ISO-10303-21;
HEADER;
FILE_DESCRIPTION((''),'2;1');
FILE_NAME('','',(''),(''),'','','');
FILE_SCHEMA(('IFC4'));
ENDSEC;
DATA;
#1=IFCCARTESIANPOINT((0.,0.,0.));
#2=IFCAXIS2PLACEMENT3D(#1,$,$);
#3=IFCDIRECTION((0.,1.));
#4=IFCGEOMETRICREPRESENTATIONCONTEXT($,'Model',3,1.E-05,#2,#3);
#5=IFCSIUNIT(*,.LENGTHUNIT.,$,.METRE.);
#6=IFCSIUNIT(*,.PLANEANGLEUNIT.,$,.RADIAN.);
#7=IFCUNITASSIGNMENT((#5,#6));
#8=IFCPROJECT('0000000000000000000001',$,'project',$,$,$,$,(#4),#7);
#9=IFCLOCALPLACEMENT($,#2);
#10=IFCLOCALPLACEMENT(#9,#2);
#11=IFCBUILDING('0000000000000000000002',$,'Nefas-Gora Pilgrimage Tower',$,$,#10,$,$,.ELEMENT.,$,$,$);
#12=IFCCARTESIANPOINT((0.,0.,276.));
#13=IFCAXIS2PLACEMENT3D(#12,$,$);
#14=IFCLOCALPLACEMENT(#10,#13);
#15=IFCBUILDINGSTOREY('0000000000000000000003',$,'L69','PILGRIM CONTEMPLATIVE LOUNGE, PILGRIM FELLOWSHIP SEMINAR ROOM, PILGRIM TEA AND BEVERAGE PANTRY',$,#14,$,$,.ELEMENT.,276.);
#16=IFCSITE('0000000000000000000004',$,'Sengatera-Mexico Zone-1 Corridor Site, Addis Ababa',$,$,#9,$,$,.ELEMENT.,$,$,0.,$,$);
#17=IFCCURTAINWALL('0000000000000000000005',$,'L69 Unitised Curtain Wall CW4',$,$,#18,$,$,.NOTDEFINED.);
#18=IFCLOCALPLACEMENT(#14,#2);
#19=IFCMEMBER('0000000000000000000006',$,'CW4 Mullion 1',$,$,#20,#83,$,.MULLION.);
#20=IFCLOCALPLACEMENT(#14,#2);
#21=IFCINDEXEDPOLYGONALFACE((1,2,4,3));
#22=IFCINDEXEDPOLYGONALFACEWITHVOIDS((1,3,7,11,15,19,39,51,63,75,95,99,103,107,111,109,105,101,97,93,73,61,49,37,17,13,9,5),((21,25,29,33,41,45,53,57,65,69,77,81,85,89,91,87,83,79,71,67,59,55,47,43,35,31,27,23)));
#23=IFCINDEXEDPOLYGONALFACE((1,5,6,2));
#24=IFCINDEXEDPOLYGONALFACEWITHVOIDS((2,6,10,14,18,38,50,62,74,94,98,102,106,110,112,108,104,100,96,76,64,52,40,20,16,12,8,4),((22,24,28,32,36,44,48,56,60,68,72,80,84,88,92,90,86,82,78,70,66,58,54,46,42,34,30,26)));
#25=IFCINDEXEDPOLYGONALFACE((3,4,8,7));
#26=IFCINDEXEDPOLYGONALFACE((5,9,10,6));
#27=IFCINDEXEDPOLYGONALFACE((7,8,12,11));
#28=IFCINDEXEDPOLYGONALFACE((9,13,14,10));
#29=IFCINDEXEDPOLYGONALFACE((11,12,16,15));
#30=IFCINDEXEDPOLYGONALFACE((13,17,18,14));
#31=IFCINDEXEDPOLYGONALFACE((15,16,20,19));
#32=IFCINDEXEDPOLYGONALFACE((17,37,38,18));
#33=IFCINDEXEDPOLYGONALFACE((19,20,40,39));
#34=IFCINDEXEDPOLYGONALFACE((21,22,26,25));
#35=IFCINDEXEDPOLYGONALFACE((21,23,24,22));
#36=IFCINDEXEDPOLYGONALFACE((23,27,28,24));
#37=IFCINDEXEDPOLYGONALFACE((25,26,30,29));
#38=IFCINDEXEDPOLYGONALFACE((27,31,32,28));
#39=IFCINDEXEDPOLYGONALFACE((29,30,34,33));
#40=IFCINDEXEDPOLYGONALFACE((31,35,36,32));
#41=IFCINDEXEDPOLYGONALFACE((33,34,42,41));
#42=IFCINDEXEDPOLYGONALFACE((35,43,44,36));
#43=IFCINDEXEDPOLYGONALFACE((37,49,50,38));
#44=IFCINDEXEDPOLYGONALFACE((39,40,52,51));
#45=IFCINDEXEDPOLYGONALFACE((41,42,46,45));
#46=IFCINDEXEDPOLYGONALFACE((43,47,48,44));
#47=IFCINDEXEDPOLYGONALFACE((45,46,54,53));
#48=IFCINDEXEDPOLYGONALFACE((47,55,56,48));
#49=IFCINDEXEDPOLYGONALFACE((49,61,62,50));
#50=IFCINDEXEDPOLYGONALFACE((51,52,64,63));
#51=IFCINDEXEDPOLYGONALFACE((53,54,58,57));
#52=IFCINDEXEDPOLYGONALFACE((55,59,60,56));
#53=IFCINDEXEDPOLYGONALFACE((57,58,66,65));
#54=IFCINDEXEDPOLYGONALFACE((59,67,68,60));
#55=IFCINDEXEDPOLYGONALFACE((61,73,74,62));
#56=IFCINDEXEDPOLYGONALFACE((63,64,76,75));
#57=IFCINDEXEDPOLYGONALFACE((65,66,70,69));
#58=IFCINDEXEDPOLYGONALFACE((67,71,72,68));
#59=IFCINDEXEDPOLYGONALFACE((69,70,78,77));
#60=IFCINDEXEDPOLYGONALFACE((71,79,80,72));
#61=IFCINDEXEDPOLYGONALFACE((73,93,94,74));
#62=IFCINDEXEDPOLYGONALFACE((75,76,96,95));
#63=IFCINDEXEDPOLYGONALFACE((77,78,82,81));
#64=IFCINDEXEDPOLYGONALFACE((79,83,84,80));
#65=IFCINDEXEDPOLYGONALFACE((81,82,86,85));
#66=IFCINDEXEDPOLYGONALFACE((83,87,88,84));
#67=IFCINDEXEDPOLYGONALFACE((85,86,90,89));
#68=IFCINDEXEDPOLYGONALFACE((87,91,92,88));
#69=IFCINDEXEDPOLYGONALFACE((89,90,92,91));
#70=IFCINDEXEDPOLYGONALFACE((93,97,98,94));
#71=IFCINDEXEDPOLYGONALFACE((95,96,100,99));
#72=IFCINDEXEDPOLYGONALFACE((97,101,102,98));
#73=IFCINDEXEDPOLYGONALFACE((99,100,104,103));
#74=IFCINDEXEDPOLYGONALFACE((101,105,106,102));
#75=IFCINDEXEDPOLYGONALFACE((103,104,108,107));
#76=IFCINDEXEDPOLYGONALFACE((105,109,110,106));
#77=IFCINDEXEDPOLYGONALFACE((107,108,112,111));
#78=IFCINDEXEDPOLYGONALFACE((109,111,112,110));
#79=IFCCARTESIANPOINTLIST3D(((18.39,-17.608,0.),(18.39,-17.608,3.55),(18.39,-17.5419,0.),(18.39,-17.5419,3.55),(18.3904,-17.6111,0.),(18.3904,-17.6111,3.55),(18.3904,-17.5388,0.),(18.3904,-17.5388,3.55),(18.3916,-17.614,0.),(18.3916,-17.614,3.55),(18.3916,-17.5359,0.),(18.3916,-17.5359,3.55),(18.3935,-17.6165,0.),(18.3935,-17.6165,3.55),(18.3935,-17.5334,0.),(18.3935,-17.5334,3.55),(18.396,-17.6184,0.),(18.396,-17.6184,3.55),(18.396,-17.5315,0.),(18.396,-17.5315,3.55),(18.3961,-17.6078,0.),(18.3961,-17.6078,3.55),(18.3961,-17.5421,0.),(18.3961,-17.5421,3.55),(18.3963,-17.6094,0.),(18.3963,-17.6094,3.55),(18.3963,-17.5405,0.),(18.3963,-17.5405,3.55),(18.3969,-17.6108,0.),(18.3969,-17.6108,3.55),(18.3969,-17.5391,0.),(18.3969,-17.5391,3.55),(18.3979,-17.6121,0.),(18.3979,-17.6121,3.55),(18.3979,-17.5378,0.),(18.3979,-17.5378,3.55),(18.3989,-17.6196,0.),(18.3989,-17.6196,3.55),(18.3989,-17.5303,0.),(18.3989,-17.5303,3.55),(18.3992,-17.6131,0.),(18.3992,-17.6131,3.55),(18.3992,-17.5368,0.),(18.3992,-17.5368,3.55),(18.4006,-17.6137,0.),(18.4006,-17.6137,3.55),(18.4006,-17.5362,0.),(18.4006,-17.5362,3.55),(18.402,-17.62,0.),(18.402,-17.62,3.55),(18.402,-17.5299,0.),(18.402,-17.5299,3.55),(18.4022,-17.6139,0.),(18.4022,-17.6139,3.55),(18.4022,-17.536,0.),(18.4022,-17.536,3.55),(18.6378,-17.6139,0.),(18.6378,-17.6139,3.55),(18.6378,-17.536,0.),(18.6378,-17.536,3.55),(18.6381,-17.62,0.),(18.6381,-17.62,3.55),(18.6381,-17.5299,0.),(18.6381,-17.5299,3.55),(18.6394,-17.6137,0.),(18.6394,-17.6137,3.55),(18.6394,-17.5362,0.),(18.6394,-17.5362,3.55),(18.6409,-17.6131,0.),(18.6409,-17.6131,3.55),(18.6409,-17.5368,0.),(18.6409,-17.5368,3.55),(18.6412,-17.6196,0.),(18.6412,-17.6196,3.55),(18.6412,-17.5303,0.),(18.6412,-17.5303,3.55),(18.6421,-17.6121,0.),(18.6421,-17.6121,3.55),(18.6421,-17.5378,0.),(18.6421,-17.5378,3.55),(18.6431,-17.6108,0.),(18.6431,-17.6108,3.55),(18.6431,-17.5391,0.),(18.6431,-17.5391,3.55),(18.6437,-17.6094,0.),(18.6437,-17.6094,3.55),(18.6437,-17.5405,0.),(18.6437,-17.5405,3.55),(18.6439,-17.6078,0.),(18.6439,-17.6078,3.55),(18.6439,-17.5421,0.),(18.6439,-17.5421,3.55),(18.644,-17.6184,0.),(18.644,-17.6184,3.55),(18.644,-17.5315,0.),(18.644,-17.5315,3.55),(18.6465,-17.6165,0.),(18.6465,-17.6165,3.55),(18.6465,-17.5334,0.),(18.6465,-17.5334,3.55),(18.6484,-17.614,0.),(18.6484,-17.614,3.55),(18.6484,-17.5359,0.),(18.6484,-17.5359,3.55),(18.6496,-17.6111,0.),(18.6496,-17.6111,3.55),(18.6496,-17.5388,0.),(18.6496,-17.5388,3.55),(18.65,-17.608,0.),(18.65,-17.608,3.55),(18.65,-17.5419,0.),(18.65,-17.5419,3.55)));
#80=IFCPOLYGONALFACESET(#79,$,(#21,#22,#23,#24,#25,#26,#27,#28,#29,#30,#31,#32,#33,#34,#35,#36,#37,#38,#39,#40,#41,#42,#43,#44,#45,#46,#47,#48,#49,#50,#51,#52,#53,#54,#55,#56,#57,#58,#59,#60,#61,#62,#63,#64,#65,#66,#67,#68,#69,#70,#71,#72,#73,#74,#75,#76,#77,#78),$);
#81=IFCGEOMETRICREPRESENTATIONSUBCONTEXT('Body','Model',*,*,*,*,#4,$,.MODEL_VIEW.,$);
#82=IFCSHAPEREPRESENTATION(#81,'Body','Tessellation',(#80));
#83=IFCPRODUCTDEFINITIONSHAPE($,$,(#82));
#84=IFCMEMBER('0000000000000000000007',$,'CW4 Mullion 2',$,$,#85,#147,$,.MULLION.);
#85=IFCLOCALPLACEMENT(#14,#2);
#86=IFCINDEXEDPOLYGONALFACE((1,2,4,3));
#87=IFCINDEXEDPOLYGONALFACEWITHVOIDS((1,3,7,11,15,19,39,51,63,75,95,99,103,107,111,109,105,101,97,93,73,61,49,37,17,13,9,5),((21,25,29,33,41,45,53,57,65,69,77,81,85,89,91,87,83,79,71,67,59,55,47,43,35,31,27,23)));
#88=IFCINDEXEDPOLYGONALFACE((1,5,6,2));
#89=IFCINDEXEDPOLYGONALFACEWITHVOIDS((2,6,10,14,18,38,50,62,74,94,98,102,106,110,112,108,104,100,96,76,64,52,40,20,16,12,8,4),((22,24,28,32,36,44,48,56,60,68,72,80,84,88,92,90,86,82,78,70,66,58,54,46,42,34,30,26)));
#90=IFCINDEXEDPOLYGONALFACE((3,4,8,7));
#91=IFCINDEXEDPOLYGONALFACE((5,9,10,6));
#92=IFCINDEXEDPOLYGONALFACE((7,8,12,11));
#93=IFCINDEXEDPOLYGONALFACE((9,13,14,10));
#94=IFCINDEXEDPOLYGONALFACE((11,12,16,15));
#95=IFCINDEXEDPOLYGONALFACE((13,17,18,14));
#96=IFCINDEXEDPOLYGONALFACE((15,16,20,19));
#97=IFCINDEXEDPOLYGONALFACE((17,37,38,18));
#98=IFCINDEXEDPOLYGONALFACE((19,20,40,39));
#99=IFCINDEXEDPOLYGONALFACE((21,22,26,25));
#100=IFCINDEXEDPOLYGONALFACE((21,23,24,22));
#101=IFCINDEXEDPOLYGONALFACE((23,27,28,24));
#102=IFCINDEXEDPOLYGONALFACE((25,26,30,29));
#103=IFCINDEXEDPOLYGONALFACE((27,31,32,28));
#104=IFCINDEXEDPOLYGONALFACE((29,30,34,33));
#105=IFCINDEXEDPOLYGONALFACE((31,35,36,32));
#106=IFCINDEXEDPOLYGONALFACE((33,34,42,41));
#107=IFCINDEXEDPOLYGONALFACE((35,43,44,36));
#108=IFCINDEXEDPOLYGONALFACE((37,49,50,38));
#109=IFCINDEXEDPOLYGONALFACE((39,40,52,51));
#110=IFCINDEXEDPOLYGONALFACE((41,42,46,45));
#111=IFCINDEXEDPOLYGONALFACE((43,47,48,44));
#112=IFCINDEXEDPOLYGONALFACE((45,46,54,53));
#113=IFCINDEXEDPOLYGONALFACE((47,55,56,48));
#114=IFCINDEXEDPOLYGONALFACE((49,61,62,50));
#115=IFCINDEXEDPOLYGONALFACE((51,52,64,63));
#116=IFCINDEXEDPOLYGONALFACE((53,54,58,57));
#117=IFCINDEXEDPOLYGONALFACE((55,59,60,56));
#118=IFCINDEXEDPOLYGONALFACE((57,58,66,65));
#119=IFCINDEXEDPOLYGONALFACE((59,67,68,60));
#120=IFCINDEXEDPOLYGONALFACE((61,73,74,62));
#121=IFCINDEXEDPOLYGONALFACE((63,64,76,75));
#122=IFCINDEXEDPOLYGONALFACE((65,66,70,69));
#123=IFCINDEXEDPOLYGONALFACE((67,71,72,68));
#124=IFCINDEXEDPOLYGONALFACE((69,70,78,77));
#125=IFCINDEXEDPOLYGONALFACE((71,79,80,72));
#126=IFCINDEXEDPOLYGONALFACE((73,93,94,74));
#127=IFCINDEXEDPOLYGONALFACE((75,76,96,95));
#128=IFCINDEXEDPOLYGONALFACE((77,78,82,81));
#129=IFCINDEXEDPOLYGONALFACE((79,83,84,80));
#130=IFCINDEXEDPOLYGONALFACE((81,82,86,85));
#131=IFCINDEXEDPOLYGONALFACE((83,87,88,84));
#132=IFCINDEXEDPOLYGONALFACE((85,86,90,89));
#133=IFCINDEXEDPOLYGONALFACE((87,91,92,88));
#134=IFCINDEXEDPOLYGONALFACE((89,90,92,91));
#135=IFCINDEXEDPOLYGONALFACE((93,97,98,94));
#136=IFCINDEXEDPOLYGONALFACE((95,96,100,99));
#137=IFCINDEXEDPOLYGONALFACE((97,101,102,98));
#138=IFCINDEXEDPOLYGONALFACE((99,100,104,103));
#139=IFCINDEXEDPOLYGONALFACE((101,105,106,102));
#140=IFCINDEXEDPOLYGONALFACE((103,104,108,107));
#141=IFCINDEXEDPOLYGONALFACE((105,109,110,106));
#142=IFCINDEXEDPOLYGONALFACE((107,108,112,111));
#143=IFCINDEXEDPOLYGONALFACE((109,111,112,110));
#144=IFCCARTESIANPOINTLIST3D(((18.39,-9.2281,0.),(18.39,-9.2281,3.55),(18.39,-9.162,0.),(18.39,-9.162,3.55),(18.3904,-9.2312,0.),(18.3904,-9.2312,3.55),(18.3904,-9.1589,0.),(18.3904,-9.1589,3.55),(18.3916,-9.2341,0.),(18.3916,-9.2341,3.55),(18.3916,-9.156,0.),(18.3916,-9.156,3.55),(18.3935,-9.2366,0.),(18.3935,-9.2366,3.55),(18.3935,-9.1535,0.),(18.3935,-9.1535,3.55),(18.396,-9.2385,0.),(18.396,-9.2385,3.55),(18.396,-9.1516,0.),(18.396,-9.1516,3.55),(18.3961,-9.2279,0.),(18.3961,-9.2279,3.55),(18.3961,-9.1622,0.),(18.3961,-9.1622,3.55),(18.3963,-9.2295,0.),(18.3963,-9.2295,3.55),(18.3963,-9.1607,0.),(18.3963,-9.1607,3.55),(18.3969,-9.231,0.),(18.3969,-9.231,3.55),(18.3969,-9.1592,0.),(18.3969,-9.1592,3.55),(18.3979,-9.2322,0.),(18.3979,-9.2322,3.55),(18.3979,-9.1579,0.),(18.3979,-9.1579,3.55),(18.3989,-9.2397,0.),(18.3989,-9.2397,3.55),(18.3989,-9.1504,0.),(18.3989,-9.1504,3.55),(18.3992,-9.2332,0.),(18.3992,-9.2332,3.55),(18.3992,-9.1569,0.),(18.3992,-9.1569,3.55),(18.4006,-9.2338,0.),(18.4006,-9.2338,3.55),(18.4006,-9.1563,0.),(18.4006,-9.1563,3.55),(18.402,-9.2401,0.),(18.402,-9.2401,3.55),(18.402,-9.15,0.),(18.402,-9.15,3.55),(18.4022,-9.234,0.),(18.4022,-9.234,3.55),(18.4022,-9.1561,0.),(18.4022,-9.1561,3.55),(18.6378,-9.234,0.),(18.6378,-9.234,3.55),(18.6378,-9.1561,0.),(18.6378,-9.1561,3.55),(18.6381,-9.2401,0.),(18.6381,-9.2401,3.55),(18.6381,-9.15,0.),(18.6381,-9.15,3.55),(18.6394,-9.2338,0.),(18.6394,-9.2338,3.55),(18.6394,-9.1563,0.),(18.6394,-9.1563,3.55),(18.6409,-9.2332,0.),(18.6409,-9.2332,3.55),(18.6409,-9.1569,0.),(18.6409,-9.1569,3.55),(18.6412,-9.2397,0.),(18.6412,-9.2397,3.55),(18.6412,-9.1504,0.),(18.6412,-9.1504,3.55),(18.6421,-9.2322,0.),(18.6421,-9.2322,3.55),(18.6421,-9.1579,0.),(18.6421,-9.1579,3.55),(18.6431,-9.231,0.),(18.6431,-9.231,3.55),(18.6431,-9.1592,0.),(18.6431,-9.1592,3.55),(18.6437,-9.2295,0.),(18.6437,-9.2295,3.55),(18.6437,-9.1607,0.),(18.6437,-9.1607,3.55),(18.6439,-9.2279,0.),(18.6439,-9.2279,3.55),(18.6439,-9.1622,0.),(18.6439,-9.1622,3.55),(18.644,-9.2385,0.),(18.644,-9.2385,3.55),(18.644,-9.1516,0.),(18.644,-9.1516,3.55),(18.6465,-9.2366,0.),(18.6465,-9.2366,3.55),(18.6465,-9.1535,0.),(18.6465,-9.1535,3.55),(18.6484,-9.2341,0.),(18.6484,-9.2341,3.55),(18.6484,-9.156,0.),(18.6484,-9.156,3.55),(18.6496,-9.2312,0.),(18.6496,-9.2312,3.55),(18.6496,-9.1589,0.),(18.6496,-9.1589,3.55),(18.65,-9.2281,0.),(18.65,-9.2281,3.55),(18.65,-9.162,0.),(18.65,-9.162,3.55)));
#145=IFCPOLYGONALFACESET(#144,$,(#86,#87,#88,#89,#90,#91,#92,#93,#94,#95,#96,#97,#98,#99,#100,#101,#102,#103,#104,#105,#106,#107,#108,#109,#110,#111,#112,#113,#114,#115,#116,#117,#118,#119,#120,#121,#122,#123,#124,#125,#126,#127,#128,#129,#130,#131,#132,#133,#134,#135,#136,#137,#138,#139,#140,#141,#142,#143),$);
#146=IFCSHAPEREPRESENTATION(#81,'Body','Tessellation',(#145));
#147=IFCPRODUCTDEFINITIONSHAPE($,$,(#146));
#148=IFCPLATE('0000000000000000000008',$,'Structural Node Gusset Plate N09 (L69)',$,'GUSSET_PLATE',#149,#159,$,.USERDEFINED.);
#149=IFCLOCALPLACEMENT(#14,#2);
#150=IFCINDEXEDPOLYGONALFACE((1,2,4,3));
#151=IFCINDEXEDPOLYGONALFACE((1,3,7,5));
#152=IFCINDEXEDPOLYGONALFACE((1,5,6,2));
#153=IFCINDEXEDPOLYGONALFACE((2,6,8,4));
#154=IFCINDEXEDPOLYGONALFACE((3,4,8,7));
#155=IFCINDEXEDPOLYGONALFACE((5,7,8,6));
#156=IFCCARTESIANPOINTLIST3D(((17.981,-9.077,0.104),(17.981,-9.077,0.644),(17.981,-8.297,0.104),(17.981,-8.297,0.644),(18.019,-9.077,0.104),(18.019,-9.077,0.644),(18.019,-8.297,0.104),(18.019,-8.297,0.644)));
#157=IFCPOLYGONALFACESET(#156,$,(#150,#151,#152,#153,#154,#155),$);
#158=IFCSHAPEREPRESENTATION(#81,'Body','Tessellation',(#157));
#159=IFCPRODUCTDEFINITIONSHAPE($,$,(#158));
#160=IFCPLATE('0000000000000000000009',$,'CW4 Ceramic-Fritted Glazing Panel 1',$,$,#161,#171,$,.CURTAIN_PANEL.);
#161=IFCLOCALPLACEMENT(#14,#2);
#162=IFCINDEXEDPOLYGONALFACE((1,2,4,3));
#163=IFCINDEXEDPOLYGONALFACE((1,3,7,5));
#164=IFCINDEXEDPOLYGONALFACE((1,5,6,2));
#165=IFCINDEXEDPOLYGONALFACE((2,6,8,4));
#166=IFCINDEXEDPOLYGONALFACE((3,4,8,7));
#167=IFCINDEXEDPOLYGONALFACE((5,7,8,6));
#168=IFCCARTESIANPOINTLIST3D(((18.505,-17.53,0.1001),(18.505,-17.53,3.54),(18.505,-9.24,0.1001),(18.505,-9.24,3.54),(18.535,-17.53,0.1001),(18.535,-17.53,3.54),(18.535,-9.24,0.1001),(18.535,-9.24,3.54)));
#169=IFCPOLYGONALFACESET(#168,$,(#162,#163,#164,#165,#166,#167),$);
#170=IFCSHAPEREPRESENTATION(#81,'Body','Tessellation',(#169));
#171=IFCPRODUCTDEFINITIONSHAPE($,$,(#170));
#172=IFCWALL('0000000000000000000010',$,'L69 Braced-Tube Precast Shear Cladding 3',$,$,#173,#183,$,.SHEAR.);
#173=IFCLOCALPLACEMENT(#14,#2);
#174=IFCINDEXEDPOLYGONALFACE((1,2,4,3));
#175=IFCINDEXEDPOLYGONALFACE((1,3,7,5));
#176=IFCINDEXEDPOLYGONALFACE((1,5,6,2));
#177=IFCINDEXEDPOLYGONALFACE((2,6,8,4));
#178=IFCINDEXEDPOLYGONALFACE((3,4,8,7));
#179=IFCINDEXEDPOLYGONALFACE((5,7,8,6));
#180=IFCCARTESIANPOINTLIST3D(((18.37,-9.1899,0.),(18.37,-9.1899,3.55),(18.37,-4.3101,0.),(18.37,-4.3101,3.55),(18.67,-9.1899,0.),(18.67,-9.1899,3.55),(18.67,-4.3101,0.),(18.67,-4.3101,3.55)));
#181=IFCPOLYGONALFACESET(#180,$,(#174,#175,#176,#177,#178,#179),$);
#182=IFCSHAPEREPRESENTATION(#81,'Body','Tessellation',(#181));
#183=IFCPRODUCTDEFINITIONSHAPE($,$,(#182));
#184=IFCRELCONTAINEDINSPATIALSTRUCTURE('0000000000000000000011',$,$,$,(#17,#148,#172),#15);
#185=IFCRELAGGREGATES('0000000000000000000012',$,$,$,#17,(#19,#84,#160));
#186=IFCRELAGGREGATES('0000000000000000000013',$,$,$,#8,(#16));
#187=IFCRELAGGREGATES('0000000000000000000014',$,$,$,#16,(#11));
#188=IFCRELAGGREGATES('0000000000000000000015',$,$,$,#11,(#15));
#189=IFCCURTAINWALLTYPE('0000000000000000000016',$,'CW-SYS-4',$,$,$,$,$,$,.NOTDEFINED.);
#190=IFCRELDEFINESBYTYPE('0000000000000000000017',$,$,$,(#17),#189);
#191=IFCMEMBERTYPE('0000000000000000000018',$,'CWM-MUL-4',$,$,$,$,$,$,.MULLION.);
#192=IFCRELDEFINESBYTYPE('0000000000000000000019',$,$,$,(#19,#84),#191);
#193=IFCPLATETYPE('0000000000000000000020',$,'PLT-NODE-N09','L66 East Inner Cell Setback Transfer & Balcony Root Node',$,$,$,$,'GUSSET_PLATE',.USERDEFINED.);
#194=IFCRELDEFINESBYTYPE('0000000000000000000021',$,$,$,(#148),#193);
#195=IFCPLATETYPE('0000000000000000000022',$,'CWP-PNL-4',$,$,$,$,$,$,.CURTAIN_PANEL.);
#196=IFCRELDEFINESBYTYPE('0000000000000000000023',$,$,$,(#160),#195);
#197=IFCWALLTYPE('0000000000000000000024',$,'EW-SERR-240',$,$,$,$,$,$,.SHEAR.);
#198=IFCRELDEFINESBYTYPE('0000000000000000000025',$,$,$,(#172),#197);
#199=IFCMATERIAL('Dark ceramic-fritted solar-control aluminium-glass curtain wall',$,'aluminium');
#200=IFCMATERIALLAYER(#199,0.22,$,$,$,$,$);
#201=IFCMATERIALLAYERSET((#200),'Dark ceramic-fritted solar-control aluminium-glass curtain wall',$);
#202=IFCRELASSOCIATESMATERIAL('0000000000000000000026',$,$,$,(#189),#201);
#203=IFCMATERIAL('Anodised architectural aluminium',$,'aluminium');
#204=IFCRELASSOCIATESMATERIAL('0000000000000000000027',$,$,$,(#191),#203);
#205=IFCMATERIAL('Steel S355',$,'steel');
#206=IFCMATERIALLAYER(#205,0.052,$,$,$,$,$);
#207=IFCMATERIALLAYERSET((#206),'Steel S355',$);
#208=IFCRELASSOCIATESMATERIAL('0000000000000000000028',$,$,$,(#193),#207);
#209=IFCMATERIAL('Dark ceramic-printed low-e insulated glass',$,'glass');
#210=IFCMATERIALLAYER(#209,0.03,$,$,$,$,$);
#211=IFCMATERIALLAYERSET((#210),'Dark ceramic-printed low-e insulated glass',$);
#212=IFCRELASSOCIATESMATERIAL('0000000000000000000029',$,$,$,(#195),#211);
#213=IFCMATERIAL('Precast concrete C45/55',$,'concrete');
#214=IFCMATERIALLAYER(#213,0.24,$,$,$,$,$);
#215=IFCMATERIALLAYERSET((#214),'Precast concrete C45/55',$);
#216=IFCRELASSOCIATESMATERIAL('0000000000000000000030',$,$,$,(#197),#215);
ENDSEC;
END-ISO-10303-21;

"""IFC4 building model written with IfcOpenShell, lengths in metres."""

from ifc_helpers import new_model, si_unit, direction, frame, frame_2d, origin, origin_2d, place, context, subcontext, project, spatial, rectangle, hollow_rectangle, extrude, source, transform, mapped, material, layer, layer_set, material_profile, profile_set, type_object, element, aggregate, save


model = new_model("IFC4")

# Units and contexts
model_context = context("Model", 3, precision=1e-05, world=origin(), true_north=direction((0.0, 1.0)))
body_context = subcontext(model_context, "Body", "Model", "MODEL_VIEW")
ifc_project = project(units=[si_unit("LENGTHUNIT", "METRE"), si_unit("PLANEANGLEUNIT", "RADIAN")], contexts=[model_context])

# Site, building, storey
site_placement = place(None, origin())
site = spatial("IfcSite", under=ifc_project, at=site_placement, Name="Sengatera-Mexico Zone-1 Corridor Site, Addis Ababa", CompositionType="ELEMENT", RefElevation=0.0)
building_placement = place(site_placement, origin())
building = spatial("IfcBuilding", under=site, at=building_placement, Name="Nefas-Gora Pilgrimage Tower", CompositionType="ELEMENT")
storey_placement = place(building_placement, frame((0.0, 0.0, 276.0)))
storey = spatial("IfcBuildingStorey", under=building, at=storey_placement, Name="L69", Description="PILGRIM CONTEMPLATIVE LOUNGE, PILGRIM FELLOWSHIP SEMINAR ROOM, PILGRIM TEA AND BEVERAGE PANTRY", CompositionType="ELEMENT", Elevation=276.0)

# Shared definitions
ifc_material_1 = material(Name="Steel S355", Category="steel")

# Curtain wall, members
ifc_material_2 = material(Name="Dark ceramic-fritted solar-control aluminium-glass curtain wall", Category="aluminium")
ifc_layer_1 = layer(ifc_material_2, 0.22)
ifc_layer_set_1 = layer_set([ifc_layer_1], Name="Dark ceramic-fritted solar-control aluminium-glass curtain wall")
curtain_wall_type = type_object("IfcCurtainWallType", Name="CW-SYS-4", PredefinedType="NOTDEFINED", material=ifc_layer_set_1)
curtain_wall_placement = place(storey_placement, origin())
curtain_wall = element("IfcCurtainWall", 1, at=curtain_wall_placement, inside=storey, type_object=curtain_wall_type, Name="L69 Unitised Curtain Wall CW4", PredefinedType="NOTDEFINED")
ifc_material_3 = material(Name="Anodised architectural aluminium", Category="aluminium")
ifc_material_profile_1 = material_profile(ifc_material_3, hollow_rectangle(XDim=0.0901, YDim=0.26, WallThickness=0.0061, InnerFilletRadius=0.0061, OuterFilletRadius=0.012, at=origin_2d()), Name="ALU MULLION 90x260")
ifc_profile_set_1 = profile_set([ifc_material_profile_1], Name="Anodised architectural aluminium")
member_type_1 = type_object("IfcMemberType", Name="CWM-MUL-4", PredefinedType="MULLION", material=ifc_profile_set_1)
shared_shape_1 = source(origin(), body_context, "Body", "SweptSolid", [
    extrude(hollow_rectangle(XDim=0.0901, YDim=0.26, WallThickness=0.0061, InnerFilletRadius=0.0061, OuterFilletRadius=0.012, at=origin_2d()), origin(), (0.0, 0.0, 1.0), 3.55),
])
member_1_placement = place(storey_placement, frame((18.52, -17.575, 0.0), z_axis=(0.0, 0.0, 1.0), x_axis=(0.0, 1.0, 0.0)))
member_1 = element("IfcMember", 2, at=member_1_placement, type_object=member_type_1, Name="CW4 Mullion 1", PredefinedType="MULLION", context=body_context, shape_type="MappedRepresentation", body=[
    mapped(shared_shape_1, transform((0.0, 0.0, 0.0), x_axis=(1.0, 0.0, 0.0), y_axis=(0.0, 1.0, 0.0), z_axis=(0.0, 0.0, 1.0), scale=1.0)),
])
member_2_placement = place(storey_placement, frame((18.52, -9.1951, 0.0), z_axis=(0.0, 0.0, 1.0), x_axis=(0.0, 1.0, 0.0)))
member_2 = element("IfcMember", 3, at=member_2_placement, type_object=member_type_1, Name="CW4 Mullion 2", PredefinedType="MULLION", context=body_context, shape_type="MappedRepresentation", body=[
    mapped(shared_shape_1, transform((0.0, 0.0, 0.0), x_axis=(1.0, 0.0, 0.0), y_axis=(0.0, 1.0, 0.0), z_axis=(0.0, 0.0, 1.0), scale=1.0)),
])

# Plates
ifc_layer_2 = layer(ifc_material_1, 0.052)
ifc_layer_set_2 = layer_set([ifc_layer_2], Name="Steel S355")
plate_type_1 = type_object("IfcPlateType", Name="PLT-NODE-N09", Description="L66 East Inner Cell Setback Transfer & Balcony Root Node", ElementType="GUSSET_PLATE", PredefinedType="USERDEFINED", material=ifc_layer_set_2)
shared_shape_2 = source(origin(), body_context, "Body", "SweptSolid", [
    extrude(rectangle(XDim=0.78, YDim=0.0381, at=origin_2d()), origin(), (0.0, 0.0, 1.0), 0.54),
])
plate_1_placement = place(storey_placement, frame((18.0, -8.687, 0.104), z_axis=(0.0, 0.0, 1.0), x_axis=(0.0, 1.0, 0.0)))
element("IfcPlate", 4, at=plate_1_placement, inside=storey, type_object=plate_type_1, Name="Structural Node Gusset Plate N09 (L69)", ObjectType="GUSSET_PLATE", PredefinedType="USERDEFINED", context=body_context, shape_type="MappedRepresentation", body=[
    mapped(shared_shape_2, transform((0.0, 0.0, 0.0), x_axis=(1.0, 0.0, 0.0), y_axis=(0.0, 1.0, 0.0), z_axis=(0.0, 0.0, 1.0), scale=1.0)),
])
ifc_material_4 = material(Name="Dark ceramic-printed low-e insulated glass", Category="glass")
ifc_layer_3 = layer(ifc_material_4, 0.03)
ifc_layer_set_3 = layer_set([ifc_layer_3], Name="Dark ceramic-printed low-e insulated glass")
plate_type_2 = type_object("IfcPlateType", Name="CWP-PNL-4", PredefinedType="CURTAIN_PANEL", material=ifc_layer_set_3)
shared_shape_3 = source(origin(), body_context, "Body", "SweptSolid", [
    extrude(rectangle(XDim=8.29, YDim=0.03, at=origin_2d()), origin(), (0.0, 0.0, 1.0), 3.4399),
])
plate_2_placement = place(storey_placement, frame((18.52, -13.385, 0.1001), z_axis=(0.0, 0.0, 1.0), x_axis=(0.0, 1.0, 0.0)))
plate_2 = element("IfcPlate", 5, at=plate_2_placement, type_object=plate_type_2, Name="CW4 Ceramic-Fritted Glazing Panel 1", PredefinedType="CURTAIN_PANEL", context=body_context, shape_type="MappedRepresentation", body=[
    mapped(shared_shape_3, transform((0.0, 0.0, 0.0), x_axis=(1.0, 0.0, 0.0), y_axis=(0.0, 1.0, 0.0), z_axis=(0.0, 0.0, 1.0), scale=1.0)),
])
aggregate(curtain_wall, [member_1, member_2, plate_2])

# Wall
ifc_material_5 = material(Name="Precast concrete C45/55", Category="concrete")
ifc_layer_4 = layer(ifc_material_5, 0.24)
ifc_layer_set_4 = layer_set([ifc_layer_4], Name="Precast concrete C45/55")
wall_type_1 = type_object("IfcWallType", Name="EW-SERR-240", PredefinedType="SHEAR", material=ifc_layer_set_4)
shared_shape_4 = source(origin(), body_context, "Body", "SweptSolid", [
    extrude(rectangle(XDim=4.8799, YDim=0.3, at=frame_2d((2.4399, 0.0))), origin(), (0.0, 0.0, 1.0), 3.55),
])
wall_1_placement = place(storey_placement, frame((18.52, -9.1899, 0.0), z_axis=(0.0, 0.0, 1.0), x_axis=(0.0, 1.0, 0.0)))
element("IfcWall", 6, at=wall_1_placement, inside=storey, type_object=wall_type_1, Name="L69 Braced-Tube Precast Shear Cladding 3", PredefinedType="SHEAR", context=body_context, shape_type="MappedRepresentation", body=[
    mapped(shared_shape_4, transform((0.0, 0.0, 0.0), x_axis=(1.0, 0.0, 0.0), y_axis=(0.0, 1.0, 0.0), z_axis=(0.0, 0.0, 1.0), scale=1.0)),
])

save(model, "model.ifc")
